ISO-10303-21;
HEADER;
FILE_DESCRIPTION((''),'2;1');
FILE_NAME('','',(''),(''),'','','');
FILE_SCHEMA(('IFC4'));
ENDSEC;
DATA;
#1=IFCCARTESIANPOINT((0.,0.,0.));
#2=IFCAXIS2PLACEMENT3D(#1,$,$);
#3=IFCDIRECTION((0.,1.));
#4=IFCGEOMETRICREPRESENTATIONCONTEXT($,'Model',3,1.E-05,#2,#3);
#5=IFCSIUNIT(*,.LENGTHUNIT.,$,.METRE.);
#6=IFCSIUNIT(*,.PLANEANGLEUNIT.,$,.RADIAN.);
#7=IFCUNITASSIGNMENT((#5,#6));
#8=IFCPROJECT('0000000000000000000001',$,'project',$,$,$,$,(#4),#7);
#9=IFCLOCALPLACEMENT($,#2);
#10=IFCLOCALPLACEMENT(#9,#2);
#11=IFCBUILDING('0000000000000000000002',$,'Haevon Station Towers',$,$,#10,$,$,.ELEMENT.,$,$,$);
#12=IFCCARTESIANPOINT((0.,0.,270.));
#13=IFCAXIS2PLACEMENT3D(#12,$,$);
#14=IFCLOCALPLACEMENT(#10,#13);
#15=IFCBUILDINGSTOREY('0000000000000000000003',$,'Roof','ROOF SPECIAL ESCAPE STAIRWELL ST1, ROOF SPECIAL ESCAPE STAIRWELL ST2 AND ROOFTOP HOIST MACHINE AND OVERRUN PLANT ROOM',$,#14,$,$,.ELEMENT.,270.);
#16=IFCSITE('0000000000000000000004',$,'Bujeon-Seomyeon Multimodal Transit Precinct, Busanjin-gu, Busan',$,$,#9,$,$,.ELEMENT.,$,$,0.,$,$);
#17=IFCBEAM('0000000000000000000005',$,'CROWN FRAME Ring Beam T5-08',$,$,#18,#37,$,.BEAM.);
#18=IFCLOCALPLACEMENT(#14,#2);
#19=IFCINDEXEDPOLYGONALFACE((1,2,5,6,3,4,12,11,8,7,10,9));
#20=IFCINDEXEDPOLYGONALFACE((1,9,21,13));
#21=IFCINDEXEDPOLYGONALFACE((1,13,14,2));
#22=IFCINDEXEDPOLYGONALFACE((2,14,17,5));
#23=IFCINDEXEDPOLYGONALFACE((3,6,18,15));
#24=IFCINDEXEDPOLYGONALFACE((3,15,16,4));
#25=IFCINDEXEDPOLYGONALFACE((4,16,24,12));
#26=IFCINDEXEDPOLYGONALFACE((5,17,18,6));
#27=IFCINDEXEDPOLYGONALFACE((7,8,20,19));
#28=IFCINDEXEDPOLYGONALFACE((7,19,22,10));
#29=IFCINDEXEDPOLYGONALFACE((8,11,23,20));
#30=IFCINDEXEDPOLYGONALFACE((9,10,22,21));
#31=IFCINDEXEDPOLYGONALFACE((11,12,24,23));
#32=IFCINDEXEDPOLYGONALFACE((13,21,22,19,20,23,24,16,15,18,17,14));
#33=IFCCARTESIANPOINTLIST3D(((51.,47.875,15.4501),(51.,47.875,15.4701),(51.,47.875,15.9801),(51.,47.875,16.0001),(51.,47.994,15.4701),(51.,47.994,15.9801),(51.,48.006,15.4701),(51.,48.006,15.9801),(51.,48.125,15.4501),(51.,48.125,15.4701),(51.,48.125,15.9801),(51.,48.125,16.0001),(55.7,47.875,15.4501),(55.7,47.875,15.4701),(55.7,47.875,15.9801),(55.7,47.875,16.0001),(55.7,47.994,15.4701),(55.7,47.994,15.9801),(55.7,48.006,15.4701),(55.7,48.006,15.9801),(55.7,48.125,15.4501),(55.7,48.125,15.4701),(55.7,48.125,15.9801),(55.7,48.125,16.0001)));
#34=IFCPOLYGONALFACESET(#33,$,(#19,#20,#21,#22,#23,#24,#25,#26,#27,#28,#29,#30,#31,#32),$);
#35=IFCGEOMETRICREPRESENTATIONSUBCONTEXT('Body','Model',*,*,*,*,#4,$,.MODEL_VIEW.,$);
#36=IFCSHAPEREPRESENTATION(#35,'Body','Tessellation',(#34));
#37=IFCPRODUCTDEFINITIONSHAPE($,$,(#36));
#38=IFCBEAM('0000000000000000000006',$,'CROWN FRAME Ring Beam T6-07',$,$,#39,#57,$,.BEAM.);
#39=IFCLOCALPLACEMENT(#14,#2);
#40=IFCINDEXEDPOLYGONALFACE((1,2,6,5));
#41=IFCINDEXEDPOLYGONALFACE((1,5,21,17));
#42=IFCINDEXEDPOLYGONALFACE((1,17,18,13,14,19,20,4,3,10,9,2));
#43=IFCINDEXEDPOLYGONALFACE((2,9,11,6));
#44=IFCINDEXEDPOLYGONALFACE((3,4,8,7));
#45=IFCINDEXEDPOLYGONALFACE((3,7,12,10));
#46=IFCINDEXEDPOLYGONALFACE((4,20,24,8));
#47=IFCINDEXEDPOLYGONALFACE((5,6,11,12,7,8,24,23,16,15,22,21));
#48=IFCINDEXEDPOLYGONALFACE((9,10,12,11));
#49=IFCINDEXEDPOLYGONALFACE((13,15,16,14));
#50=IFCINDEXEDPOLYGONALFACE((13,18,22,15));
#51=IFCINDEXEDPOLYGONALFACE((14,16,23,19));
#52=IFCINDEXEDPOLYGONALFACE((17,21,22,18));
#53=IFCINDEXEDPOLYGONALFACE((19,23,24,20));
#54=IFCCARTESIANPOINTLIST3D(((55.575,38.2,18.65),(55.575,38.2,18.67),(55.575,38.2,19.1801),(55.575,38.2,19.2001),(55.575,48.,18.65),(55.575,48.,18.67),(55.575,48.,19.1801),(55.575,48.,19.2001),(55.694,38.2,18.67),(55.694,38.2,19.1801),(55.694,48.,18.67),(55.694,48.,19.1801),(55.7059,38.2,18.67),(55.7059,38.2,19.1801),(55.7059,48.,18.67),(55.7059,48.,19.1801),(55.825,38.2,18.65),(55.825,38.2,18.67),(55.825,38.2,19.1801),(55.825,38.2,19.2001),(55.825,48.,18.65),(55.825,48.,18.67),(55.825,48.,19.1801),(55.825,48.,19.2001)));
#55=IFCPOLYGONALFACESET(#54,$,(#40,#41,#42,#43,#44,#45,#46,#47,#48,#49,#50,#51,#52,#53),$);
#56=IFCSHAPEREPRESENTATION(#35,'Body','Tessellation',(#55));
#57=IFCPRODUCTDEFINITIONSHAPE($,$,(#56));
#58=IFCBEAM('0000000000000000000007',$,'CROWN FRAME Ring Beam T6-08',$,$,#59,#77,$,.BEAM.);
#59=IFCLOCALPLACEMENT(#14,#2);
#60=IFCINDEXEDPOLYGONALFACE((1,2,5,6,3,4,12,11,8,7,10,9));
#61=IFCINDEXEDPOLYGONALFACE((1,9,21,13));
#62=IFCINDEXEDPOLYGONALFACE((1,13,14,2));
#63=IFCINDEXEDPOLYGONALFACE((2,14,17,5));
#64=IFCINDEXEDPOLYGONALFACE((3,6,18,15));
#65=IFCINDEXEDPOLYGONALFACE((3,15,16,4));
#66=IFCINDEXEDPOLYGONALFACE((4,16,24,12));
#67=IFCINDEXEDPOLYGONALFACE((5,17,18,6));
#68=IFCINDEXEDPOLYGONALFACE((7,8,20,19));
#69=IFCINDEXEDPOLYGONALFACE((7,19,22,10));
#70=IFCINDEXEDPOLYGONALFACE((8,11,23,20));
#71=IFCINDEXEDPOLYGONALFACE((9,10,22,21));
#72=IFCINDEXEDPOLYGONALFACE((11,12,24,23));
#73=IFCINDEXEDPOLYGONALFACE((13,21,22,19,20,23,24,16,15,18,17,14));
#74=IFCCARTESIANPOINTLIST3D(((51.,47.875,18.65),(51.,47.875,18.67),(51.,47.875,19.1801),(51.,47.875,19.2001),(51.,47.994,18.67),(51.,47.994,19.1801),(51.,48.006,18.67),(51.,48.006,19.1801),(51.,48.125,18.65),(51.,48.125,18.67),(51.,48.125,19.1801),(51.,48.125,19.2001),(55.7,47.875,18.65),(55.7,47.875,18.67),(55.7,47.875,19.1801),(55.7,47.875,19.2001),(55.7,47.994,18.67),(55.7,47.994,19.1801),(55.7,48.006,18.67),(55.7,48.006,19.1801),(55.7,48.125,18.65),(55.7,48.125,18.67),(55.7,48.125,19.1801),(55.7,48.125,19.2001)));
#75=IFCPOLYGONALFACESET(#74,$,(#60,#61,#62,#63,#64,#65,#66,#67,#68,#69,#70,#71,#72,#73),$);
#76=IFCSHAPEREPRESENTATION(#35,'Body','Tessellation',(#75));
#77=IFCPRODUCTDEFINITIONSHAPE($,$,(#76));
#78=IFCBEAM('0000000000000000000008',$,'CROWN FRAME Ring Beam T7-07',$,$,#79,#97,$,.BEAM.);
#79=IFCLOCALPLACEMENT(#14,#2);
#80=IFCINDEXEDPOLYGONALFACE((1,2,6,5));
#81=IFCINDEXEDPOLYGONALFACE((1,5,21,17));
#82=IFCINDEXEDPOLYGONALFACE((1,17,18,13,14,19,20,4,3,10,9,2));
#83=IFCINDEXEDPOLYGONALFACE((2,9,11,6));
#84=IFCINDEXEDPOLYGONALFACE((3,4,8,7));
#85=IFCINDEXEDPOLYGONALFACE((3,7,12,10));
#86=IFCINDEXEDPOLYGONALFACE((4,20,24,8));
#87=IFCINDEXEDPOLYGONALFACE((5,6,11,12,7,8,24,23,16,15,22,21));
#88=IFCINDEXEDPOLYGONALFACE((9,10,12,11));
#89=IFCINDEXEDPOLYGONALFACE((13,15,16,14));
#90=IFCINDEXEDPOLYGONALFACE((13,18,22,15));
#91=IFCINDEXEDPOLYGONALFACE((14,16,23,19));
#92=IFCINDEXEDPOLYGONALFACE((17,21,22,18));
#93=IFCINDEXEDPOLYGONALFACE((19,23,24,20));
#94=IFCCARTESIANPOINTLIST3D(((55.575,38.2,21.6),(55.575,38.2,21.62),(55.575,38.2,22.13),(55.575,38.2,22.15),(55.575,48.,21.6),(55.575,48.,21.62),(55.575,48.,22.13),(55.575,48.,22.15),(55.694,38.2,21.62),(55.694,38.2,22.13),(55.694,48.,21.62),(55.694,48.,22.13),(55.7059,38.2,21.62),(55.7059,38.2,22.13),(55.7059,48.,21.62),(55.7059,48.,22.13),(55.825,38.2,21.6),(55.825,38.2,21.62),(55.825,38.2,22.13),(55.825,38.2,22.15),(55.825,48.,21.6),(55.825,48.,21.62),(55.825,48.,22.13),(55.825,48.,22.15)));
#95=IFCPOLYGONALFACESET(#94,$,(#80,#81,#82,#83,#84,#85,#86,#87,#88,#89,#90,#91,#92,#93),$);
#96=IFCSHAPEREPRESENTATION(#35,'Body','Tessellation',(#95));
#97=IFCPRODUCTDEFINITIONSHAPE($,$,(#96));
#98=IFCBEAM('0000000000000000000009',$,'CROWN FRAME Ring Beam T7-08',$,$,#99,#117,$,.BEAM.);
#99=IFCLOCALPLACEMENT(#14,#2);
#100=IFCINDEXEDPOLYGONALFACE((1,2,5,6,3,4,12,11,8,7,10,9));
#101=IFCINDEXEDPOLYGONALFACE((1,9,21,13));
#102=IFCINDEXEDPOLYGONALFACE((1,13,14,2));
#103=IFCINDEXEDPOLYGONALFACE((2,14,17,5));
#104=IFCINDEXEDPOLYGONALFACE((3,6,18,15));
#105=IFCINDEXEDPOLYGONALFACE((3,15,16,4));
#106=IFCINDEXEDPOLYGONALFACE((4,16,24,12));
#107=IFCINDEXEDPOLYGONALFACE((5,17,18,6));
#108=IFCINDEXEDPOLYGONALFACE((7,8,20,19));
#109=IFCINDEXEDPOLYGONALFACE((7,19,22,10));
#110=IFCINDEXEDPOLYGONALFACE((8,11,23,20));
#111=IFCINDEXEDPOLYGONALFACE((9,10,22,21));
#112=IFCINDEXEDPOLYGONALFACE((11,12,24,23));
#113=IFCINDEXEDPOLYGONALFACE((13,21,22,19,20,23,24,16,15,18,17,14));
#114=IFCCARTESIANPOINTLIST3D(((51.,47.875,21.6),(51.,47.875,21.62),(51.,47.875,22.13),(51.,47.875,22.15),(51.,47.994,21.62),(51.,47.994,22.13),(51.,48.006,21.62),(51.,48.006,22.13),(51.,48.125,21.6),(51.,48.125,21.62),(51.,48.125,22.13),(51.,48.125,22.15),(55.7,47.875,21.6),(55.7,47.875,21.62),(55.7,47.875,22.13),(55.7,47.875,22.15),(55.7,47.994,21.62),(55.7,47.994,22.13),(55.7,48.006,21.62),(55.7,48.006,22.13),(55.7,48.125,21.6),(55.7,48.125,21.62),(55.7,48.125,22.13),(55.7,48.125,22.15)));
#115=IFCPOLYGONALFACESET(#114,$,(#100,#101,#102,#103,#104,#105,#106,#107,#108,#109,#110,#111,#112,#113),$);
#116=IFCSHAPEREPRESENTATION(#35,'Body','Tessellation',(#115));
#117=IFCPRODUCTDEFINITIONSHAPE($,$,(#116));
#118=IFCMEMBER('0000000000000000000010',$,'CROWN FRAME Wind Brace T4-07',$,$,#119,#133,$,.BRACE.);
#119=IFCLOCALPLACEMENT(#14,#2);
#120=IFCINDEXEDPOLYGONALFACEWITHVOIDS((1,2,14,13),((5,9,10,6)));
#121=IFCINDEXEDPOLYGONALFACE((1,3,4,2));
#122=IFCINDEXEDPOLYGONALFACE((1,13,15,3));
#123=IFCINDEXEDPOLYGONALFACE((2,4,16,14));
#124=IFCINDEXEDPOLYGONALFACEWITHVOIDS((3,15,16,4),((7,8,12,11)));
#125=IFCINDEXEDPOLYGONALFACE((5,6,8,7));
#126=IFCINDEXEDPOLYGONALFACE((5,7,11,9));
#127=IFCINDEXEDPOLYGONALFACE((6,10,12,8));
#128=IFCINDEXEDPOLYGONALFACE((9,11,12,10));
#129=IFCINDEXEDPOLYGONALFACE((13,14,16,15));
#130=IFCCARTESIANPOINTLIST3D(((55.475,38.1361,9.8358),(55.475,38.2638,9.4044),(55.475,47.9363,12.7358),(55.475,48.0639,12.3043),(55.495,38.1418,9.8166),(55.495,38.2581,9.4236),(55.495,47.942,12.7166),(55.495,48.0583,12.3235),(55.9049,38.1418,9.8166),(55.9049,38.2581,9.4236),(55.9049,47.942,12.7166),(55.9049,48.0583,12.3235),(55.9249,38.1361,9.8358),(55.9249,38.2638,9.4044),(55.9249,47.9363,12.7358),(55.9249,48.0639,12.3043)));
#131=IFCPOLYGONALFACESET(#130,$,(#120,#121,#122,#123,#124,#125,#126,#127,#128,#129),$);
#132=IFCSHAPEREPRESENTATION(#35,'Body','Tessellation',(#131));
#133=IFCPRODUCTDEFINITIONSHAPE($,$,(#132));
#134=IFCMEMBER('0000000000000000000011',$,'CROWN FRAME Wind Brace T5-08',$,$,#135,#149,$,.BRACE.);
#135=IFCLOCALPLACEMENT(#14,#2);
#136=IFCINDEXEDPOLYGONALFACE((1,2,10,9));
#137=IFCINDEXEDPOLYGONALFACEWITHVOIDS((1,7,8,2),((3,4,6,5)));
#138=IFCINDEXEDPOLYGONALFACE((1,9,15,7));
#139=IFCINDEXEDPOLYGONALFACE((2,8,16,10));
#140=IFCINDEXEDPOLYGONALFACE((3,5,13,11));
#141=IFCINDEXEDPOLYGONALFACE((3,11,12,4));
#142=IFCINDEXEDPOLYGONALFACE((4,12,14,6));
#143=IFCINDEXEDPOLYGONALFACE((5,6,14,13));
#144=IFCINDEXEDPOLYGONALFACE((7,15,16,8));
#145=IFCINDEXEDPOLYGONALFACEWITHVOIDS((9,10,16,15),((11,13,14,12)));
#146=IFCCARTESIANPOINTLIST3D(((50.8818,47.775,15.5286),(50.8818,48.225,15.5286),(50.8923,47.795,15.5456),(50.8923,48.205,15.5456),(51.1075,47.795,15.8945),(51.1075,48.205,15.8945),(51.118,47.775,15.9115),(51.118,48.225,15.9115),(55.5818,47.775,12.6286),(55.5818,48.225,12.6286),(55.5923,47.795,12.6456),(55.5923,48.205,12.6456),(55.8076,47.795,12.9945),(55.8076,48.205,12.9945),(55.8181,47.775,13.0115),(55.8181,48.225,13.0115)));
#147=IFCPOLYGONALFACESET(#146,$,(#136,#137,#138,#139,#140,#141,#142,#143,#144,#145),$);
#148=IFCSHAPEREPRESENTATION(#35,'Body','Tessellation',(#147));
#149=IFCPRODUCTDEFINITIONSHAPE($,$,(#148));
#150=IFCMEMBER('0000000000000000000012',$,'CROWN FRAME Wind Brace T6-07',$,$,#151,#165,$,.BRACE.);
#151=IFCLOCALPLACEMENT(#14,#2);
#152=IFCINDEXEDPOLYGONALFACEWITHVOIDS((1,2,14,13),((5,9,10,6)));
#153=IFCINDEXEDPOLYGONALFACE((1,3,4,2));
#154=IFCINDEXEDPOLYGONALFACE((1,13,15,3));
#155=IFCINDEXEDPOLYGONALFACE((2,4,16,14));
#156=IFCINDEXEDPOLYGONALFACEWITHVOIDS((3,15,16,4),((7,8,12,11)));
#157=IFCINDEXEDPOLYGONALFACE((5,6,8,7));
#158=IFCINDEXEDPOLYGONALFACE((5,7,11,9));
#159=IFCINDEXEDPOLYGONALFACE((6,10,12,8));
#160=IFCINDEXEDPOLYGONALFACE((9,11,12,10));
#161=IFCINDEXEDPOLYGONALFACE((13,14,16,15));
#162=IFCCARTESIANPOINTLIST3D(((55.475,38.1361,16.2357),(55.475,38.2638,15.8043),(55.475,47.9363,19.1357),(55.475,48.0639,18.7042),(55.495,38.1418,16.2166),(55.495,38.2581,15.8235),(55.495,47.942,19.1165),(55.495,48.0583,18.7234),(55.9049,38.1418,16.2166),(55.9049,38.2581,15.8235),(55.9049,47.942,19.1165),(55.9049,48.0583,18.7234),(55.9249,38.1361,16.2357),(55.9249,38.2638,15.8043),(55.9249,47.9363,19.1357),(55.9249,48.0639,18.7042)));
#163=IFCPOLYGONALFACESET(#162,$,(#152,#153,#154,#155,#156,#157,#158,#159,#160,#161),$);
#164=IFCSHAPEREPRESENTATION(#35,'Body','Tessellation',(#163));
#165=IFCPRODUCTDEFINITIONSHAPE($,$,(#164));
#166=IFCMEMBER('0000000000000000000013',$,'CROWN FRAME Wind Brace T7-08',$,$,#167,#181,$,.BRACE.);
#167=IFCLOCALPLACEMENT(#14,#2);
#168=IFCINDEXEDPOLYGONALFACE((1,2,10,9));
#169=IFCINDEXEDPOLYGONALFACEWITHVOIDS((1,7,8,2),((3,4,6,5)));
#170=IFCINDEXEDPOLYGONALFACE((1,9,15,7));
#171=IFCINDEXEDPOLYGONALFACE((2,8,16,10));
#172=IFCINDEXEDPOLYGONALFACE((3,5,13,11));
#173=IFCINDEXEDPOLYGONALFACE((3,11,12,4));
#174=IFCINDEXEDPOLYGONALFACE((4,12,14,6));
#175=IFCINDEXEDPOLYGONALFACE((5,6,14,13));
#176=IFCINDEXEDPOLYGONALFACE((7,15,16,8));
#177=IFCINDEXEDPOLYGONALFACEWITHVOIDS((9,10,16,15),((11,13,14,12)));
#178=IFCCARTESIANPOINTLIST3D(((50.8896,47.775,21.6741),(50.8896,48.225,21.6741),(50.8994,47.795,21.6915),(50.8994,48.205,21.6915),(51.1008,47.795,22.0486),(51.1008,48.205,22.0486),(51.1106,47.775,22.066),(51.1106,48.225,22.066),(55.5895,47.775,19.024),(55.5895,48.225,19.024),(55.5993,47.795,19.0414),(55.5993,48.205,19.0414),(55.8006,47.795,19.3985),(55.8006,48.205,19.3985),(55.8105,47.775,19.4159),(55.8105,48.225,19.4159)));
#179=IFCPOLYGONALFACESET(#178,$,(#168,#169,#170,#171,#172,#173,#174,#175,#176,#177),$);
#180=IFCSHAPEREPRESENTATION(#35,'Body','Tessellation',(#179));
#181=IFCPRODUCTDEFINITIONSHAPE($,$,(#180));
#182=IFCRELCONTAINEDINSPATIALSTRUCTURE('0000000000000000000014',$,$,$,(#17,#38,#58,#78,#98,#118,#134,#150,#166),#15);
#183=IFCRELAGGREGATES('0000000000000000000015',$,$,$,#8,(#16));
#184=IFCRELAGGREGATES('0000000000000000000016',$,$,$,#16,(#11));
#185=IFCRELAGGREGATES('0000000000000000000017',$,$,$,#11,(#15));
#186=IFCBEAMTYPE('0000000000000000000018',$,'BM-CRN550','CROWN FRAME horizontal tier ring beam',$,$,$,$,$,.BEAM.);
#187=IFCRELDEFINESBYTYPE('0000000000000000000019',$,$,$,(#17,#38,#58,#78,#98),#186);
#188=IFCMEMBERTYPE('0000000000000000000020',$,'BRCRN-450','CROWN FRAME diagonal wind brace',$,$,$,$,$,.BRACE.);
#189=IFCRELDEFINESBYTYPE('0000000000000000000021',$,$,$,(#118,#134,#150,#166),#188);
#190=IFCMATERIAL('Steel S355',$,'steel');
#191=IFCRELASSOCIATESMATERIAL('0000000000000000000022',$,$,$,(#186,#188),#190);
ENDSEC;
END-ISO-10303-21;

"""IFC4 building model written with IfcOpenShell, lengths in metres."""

from ifc_helpers import new_model, si_unit, direction, frame, origin, origin_2d, place, context, subcontext, project, spatial, hollow_rectangle, i_section, extrude, material, material_profile, profile_set, type_object, element, save


model = new_model("IFC4")

# Units and contexts
model_context = context("Model", 3, precision=1e-05, world=origin(), true_north=direction((0.0, 1.0)))
body_context = subcontext(model_context, "Body", "Model", "MODEL_VIEW")
ifc_project = project(units=[si_unit("LENGTHUNIT", "METRE"), si_unit("PLANEANGLEUNIT", "RADIAN")], contexts=[model_context])

# Site, building, storey
site_placement = place(None, origin())
site = spatial("IfcSite", under=ifc_project, at=site_placement, Name="Bujeon-Seomyeon Multimodal Transit Precinct, Busanjin-gu, Busan", CompositionType="ELEMENT", RefElevation=0.0)
building_placement = place(site_placement, origin())
building = spatial("IfcBuilding", under=site, at=building_placement, Name="Haevon Station Towers", CompositionType="ELEMENT")
storey_placement = place(building_placement, frame((0.0, 0.0, 270.0)))
storey = spatial("IfcBuildingStorey", under=building, at=storey_placement, Name="Roof", Description="ROOF SPECIAL ESCAPE STAIRWELL ST1, ROOF SPECIAL ESCAPE STAIRWELL ST2 AND ROOFTOP HOIST MACHINE AND OVERRUN PLANT ROOM", CompositionType="ELEMENT", Elevation=270.0)

# Shared definitions
ifc_material_1 = material(Name="Steel S355", Category="steel")

# Beams
ifc_material_profile_1 = material_profile(ifc_material_1, i_section(OverallWidth=0.25, OverallDepth=0.55, WebThickness=0.012, FlangeThickness=0.02, at=origin_2d()), Name="H-550x250x12x20")
ifc_profile_set_1 = profile_set([ifc_material_profile_1], Name="Steel S355")
beam_type = type_object("IfcBeamType", Name="BM-CRN550", Description="CROWN FRAME horizontal tier ring beam", PredefinedType="BEAM", material=ifc_profile_set_1)
beam_1_placement = place(storey_placement, frame((55.7, 48.0, 15.7251), z_axis=(-1.0, 0.0, 0.0), x_axis=(0.0, -1.0, 0.0)))
element("IfcBeam", 1, at=beam_1_placement, inside=storey, type_object=beam_type, Name="CROWN FRAME Ring Beam T5-08", PredefinedType="BEAM", context=body_context, shape_type="SweptSolid", body=[
    extrude(i_section(OverallWidth=0.25, OverallDepth=0.55, WebThickness=0.012, FlangeThickness=0.02, at=origin_2d()), origin(), (0.0, 0.0, 1.0), 4.7),
])
beam_2_placement = place(storey_placement, frame((55.7, 38.2, 18.925), z_axis=(0.0, 1.0, 0.0), x_axis=(-1.0, 0.0, 0.0)))
element("IfcBeam", 2, at=beam_2_placement, inside=storey, type_object=beam_type, Name="CROWN FRAME Ring Beam T6-07", PredefinedType="BEAM", context=body_context, shape_type="SweptSolid", body=[
    extrude(i_section(OverallWidth=0.25, OverallDepth=0.55, WebThickness=0.012, FlangeThickness=0.02, at=origin_2d()), origin(), (0.0, 0.0, 1.0), 9.8),
])
beam_3_placement = place(storey_placement, frame((55.7, 48.0, 18.925), z_axis=(-1.0, 0.0, 0.0), x_axis=(0.0, -1.0, 0.0)))
element("IfcBeam", 3, at=beam_3_placement, inside=storey, type_object=beam_type, Name="CROWN FRAME Ring Beam T6-08", PredefinedType="BEAM", context=body_context, shape_type="SweptSolid", body=[
    extrude(i_section(OverallWidth=0.25, OverallDepth=0.55, WebThickness=0.012, FlangeThickness=0.02, at=origin_2d()), origin(), (0.0, 0.0, 1.0), 4.7),
])
beam_4_placement = place(storey_placement, frame((55.7, 38.2, 21.875), z_axis=(0.0, 1.0, 0.0), x_axis=(-1.0, 0.0, 0.0)))
element("IfcBeam", 4, at=beam_4_placement, inside=storey, type_object=beam_type, Name="CROWN FRAME Ring Beam T7-07", PredefinedType="BEAM", context=body_context, shape_type="SweptSolid", body=[
    extrude(i_section(OverallWidth=0.25, OverallDepth=0.55, WebThickness=0.012, FlangeThickness=0.02, at=origin_2d()), origin(), (0.0, 0.0, 1.0), 9.8),
])
beam_5_placement = place(storey_placement, frame((55.7, 48.0, 21.875), z_axis=(-1.0, 0.0, 0.0), x_axis=(0.0, -1.0, 0.0)))
element("IfcBeam", 5, at=beam_5_placement, inside=storey, type_object=beam_type, Name="CROWN FRAME Ring Beam T7-08", PredefinedType="BEAM", context=body_context, shape_type="SweptSolid", body=[
    extrude(i_section(OverallWidth=0.25, OverallDepth=0.55, WebThickness=0.012, FlangeThickness=0.02, at=origin_2d()), origin(), (0.0, 0.0, 1.0), 4.7),
])

# Members
ifc_material_profile_2 = material_profile(ifc_material_1, hollow_rectangle(XDim=0.45, YDim=0.45, WallThickness=0.02, at=origin_2d()), Name="RHS-450x450x20")
ifc_profile_set_2 = profile_set([ifc_material_profile_2], Name="Steel S355")
member_type_1 = type_object("IfcMemberType", Name="BRCRN-450", Description="CROWN FRAME diagonal wind brace", PredefinedType="BRACE", material=ifc_profile_set_2)
member_1_placement = place(storey_placement, frame((55.7, 38.2, 9.6201), z_axis=(0.0, 0.9589, 0.283745), x_axis=(-1.0, 0.0, 0.0)))
element("IfcMember", 6, at=member_1_placement, inside=storey, type_object=member_type_1, Name="CROWN FRAME Wind Brace T4-07", PredefinedType="BRACE", context=body_context, shape_type="SweptSolid", body=[
    extrude(hollow_rectangle(XDim=0.45, YDim=0.45, WallThickness=0.02, at=origin_2d()), origin(), (0.0, 0.0, 1.0), 10.2202),
])
member_2_placement = place(storey_placement, frame((55.7, 48.0, 12.8201), z_axis=(-0.851041, 0.0, 0.525098), x_axis=(0.0, -1.0, 0.0)))
element("IfcMember", 7, at=member_2_placement, inside=storey, type_object=member_type_1, Name="CROWN FRAME Wind Brace T5-08", PredefinedType="BRACE", context=body_context, shape_type="SweptSolid", body=[
    extrude(hollow_rectangle(XDim=0.45, YDim=0.45, WallThickness=0.02, at=origin_2d()), origin(), (0.0, 0.0, 1.0), 5.5227),
])
member_3_placement = place(storey_placement, frame((55.7, 38.2, 16.02), z_axis=(0.0, 0.9589, 0.283745), x_axis=(-1.0, 0.0, 0.0)))
element("IfcMember", 8, at=member_3_placement, inside=storey, type_object=member_type_1, Name="CROWN FRAME Wind Brace T6-07", PredefinedType="BRACE", context=body_context, shape_type="SweptSolid", body=[
    extrude(hollow_rectangle(XDim=0.45, YDim=0.45, WallThickness=0.02, at=origin_2d()), origin(), (0.0, 0.0, 1.0), 10.2202),
])
member_4_placement = place(storey_placement, frame((55.7, 48.0, 19.22), z_axis=(-0.871066, 0.0, 0.491165), x_axis=(0.0, -1.0, 0.0)))
element("IfcMember", 9, at=member_4_placement, inside=storey, type_object=member_type_1, Name="CROWN FRAME Wind Brace T7-08", PredefinedType="BRACE", context=body_context, shape_type="SweptSolid", body=[
    extrude(hollow_rectangle(XDim=0.45, YDim=0.45, WallThickness=0.02, at=origin_2d()), origin(), (0.0, 0.0, 1.0), 5.3955),
])

save(model, "model.ifc")
